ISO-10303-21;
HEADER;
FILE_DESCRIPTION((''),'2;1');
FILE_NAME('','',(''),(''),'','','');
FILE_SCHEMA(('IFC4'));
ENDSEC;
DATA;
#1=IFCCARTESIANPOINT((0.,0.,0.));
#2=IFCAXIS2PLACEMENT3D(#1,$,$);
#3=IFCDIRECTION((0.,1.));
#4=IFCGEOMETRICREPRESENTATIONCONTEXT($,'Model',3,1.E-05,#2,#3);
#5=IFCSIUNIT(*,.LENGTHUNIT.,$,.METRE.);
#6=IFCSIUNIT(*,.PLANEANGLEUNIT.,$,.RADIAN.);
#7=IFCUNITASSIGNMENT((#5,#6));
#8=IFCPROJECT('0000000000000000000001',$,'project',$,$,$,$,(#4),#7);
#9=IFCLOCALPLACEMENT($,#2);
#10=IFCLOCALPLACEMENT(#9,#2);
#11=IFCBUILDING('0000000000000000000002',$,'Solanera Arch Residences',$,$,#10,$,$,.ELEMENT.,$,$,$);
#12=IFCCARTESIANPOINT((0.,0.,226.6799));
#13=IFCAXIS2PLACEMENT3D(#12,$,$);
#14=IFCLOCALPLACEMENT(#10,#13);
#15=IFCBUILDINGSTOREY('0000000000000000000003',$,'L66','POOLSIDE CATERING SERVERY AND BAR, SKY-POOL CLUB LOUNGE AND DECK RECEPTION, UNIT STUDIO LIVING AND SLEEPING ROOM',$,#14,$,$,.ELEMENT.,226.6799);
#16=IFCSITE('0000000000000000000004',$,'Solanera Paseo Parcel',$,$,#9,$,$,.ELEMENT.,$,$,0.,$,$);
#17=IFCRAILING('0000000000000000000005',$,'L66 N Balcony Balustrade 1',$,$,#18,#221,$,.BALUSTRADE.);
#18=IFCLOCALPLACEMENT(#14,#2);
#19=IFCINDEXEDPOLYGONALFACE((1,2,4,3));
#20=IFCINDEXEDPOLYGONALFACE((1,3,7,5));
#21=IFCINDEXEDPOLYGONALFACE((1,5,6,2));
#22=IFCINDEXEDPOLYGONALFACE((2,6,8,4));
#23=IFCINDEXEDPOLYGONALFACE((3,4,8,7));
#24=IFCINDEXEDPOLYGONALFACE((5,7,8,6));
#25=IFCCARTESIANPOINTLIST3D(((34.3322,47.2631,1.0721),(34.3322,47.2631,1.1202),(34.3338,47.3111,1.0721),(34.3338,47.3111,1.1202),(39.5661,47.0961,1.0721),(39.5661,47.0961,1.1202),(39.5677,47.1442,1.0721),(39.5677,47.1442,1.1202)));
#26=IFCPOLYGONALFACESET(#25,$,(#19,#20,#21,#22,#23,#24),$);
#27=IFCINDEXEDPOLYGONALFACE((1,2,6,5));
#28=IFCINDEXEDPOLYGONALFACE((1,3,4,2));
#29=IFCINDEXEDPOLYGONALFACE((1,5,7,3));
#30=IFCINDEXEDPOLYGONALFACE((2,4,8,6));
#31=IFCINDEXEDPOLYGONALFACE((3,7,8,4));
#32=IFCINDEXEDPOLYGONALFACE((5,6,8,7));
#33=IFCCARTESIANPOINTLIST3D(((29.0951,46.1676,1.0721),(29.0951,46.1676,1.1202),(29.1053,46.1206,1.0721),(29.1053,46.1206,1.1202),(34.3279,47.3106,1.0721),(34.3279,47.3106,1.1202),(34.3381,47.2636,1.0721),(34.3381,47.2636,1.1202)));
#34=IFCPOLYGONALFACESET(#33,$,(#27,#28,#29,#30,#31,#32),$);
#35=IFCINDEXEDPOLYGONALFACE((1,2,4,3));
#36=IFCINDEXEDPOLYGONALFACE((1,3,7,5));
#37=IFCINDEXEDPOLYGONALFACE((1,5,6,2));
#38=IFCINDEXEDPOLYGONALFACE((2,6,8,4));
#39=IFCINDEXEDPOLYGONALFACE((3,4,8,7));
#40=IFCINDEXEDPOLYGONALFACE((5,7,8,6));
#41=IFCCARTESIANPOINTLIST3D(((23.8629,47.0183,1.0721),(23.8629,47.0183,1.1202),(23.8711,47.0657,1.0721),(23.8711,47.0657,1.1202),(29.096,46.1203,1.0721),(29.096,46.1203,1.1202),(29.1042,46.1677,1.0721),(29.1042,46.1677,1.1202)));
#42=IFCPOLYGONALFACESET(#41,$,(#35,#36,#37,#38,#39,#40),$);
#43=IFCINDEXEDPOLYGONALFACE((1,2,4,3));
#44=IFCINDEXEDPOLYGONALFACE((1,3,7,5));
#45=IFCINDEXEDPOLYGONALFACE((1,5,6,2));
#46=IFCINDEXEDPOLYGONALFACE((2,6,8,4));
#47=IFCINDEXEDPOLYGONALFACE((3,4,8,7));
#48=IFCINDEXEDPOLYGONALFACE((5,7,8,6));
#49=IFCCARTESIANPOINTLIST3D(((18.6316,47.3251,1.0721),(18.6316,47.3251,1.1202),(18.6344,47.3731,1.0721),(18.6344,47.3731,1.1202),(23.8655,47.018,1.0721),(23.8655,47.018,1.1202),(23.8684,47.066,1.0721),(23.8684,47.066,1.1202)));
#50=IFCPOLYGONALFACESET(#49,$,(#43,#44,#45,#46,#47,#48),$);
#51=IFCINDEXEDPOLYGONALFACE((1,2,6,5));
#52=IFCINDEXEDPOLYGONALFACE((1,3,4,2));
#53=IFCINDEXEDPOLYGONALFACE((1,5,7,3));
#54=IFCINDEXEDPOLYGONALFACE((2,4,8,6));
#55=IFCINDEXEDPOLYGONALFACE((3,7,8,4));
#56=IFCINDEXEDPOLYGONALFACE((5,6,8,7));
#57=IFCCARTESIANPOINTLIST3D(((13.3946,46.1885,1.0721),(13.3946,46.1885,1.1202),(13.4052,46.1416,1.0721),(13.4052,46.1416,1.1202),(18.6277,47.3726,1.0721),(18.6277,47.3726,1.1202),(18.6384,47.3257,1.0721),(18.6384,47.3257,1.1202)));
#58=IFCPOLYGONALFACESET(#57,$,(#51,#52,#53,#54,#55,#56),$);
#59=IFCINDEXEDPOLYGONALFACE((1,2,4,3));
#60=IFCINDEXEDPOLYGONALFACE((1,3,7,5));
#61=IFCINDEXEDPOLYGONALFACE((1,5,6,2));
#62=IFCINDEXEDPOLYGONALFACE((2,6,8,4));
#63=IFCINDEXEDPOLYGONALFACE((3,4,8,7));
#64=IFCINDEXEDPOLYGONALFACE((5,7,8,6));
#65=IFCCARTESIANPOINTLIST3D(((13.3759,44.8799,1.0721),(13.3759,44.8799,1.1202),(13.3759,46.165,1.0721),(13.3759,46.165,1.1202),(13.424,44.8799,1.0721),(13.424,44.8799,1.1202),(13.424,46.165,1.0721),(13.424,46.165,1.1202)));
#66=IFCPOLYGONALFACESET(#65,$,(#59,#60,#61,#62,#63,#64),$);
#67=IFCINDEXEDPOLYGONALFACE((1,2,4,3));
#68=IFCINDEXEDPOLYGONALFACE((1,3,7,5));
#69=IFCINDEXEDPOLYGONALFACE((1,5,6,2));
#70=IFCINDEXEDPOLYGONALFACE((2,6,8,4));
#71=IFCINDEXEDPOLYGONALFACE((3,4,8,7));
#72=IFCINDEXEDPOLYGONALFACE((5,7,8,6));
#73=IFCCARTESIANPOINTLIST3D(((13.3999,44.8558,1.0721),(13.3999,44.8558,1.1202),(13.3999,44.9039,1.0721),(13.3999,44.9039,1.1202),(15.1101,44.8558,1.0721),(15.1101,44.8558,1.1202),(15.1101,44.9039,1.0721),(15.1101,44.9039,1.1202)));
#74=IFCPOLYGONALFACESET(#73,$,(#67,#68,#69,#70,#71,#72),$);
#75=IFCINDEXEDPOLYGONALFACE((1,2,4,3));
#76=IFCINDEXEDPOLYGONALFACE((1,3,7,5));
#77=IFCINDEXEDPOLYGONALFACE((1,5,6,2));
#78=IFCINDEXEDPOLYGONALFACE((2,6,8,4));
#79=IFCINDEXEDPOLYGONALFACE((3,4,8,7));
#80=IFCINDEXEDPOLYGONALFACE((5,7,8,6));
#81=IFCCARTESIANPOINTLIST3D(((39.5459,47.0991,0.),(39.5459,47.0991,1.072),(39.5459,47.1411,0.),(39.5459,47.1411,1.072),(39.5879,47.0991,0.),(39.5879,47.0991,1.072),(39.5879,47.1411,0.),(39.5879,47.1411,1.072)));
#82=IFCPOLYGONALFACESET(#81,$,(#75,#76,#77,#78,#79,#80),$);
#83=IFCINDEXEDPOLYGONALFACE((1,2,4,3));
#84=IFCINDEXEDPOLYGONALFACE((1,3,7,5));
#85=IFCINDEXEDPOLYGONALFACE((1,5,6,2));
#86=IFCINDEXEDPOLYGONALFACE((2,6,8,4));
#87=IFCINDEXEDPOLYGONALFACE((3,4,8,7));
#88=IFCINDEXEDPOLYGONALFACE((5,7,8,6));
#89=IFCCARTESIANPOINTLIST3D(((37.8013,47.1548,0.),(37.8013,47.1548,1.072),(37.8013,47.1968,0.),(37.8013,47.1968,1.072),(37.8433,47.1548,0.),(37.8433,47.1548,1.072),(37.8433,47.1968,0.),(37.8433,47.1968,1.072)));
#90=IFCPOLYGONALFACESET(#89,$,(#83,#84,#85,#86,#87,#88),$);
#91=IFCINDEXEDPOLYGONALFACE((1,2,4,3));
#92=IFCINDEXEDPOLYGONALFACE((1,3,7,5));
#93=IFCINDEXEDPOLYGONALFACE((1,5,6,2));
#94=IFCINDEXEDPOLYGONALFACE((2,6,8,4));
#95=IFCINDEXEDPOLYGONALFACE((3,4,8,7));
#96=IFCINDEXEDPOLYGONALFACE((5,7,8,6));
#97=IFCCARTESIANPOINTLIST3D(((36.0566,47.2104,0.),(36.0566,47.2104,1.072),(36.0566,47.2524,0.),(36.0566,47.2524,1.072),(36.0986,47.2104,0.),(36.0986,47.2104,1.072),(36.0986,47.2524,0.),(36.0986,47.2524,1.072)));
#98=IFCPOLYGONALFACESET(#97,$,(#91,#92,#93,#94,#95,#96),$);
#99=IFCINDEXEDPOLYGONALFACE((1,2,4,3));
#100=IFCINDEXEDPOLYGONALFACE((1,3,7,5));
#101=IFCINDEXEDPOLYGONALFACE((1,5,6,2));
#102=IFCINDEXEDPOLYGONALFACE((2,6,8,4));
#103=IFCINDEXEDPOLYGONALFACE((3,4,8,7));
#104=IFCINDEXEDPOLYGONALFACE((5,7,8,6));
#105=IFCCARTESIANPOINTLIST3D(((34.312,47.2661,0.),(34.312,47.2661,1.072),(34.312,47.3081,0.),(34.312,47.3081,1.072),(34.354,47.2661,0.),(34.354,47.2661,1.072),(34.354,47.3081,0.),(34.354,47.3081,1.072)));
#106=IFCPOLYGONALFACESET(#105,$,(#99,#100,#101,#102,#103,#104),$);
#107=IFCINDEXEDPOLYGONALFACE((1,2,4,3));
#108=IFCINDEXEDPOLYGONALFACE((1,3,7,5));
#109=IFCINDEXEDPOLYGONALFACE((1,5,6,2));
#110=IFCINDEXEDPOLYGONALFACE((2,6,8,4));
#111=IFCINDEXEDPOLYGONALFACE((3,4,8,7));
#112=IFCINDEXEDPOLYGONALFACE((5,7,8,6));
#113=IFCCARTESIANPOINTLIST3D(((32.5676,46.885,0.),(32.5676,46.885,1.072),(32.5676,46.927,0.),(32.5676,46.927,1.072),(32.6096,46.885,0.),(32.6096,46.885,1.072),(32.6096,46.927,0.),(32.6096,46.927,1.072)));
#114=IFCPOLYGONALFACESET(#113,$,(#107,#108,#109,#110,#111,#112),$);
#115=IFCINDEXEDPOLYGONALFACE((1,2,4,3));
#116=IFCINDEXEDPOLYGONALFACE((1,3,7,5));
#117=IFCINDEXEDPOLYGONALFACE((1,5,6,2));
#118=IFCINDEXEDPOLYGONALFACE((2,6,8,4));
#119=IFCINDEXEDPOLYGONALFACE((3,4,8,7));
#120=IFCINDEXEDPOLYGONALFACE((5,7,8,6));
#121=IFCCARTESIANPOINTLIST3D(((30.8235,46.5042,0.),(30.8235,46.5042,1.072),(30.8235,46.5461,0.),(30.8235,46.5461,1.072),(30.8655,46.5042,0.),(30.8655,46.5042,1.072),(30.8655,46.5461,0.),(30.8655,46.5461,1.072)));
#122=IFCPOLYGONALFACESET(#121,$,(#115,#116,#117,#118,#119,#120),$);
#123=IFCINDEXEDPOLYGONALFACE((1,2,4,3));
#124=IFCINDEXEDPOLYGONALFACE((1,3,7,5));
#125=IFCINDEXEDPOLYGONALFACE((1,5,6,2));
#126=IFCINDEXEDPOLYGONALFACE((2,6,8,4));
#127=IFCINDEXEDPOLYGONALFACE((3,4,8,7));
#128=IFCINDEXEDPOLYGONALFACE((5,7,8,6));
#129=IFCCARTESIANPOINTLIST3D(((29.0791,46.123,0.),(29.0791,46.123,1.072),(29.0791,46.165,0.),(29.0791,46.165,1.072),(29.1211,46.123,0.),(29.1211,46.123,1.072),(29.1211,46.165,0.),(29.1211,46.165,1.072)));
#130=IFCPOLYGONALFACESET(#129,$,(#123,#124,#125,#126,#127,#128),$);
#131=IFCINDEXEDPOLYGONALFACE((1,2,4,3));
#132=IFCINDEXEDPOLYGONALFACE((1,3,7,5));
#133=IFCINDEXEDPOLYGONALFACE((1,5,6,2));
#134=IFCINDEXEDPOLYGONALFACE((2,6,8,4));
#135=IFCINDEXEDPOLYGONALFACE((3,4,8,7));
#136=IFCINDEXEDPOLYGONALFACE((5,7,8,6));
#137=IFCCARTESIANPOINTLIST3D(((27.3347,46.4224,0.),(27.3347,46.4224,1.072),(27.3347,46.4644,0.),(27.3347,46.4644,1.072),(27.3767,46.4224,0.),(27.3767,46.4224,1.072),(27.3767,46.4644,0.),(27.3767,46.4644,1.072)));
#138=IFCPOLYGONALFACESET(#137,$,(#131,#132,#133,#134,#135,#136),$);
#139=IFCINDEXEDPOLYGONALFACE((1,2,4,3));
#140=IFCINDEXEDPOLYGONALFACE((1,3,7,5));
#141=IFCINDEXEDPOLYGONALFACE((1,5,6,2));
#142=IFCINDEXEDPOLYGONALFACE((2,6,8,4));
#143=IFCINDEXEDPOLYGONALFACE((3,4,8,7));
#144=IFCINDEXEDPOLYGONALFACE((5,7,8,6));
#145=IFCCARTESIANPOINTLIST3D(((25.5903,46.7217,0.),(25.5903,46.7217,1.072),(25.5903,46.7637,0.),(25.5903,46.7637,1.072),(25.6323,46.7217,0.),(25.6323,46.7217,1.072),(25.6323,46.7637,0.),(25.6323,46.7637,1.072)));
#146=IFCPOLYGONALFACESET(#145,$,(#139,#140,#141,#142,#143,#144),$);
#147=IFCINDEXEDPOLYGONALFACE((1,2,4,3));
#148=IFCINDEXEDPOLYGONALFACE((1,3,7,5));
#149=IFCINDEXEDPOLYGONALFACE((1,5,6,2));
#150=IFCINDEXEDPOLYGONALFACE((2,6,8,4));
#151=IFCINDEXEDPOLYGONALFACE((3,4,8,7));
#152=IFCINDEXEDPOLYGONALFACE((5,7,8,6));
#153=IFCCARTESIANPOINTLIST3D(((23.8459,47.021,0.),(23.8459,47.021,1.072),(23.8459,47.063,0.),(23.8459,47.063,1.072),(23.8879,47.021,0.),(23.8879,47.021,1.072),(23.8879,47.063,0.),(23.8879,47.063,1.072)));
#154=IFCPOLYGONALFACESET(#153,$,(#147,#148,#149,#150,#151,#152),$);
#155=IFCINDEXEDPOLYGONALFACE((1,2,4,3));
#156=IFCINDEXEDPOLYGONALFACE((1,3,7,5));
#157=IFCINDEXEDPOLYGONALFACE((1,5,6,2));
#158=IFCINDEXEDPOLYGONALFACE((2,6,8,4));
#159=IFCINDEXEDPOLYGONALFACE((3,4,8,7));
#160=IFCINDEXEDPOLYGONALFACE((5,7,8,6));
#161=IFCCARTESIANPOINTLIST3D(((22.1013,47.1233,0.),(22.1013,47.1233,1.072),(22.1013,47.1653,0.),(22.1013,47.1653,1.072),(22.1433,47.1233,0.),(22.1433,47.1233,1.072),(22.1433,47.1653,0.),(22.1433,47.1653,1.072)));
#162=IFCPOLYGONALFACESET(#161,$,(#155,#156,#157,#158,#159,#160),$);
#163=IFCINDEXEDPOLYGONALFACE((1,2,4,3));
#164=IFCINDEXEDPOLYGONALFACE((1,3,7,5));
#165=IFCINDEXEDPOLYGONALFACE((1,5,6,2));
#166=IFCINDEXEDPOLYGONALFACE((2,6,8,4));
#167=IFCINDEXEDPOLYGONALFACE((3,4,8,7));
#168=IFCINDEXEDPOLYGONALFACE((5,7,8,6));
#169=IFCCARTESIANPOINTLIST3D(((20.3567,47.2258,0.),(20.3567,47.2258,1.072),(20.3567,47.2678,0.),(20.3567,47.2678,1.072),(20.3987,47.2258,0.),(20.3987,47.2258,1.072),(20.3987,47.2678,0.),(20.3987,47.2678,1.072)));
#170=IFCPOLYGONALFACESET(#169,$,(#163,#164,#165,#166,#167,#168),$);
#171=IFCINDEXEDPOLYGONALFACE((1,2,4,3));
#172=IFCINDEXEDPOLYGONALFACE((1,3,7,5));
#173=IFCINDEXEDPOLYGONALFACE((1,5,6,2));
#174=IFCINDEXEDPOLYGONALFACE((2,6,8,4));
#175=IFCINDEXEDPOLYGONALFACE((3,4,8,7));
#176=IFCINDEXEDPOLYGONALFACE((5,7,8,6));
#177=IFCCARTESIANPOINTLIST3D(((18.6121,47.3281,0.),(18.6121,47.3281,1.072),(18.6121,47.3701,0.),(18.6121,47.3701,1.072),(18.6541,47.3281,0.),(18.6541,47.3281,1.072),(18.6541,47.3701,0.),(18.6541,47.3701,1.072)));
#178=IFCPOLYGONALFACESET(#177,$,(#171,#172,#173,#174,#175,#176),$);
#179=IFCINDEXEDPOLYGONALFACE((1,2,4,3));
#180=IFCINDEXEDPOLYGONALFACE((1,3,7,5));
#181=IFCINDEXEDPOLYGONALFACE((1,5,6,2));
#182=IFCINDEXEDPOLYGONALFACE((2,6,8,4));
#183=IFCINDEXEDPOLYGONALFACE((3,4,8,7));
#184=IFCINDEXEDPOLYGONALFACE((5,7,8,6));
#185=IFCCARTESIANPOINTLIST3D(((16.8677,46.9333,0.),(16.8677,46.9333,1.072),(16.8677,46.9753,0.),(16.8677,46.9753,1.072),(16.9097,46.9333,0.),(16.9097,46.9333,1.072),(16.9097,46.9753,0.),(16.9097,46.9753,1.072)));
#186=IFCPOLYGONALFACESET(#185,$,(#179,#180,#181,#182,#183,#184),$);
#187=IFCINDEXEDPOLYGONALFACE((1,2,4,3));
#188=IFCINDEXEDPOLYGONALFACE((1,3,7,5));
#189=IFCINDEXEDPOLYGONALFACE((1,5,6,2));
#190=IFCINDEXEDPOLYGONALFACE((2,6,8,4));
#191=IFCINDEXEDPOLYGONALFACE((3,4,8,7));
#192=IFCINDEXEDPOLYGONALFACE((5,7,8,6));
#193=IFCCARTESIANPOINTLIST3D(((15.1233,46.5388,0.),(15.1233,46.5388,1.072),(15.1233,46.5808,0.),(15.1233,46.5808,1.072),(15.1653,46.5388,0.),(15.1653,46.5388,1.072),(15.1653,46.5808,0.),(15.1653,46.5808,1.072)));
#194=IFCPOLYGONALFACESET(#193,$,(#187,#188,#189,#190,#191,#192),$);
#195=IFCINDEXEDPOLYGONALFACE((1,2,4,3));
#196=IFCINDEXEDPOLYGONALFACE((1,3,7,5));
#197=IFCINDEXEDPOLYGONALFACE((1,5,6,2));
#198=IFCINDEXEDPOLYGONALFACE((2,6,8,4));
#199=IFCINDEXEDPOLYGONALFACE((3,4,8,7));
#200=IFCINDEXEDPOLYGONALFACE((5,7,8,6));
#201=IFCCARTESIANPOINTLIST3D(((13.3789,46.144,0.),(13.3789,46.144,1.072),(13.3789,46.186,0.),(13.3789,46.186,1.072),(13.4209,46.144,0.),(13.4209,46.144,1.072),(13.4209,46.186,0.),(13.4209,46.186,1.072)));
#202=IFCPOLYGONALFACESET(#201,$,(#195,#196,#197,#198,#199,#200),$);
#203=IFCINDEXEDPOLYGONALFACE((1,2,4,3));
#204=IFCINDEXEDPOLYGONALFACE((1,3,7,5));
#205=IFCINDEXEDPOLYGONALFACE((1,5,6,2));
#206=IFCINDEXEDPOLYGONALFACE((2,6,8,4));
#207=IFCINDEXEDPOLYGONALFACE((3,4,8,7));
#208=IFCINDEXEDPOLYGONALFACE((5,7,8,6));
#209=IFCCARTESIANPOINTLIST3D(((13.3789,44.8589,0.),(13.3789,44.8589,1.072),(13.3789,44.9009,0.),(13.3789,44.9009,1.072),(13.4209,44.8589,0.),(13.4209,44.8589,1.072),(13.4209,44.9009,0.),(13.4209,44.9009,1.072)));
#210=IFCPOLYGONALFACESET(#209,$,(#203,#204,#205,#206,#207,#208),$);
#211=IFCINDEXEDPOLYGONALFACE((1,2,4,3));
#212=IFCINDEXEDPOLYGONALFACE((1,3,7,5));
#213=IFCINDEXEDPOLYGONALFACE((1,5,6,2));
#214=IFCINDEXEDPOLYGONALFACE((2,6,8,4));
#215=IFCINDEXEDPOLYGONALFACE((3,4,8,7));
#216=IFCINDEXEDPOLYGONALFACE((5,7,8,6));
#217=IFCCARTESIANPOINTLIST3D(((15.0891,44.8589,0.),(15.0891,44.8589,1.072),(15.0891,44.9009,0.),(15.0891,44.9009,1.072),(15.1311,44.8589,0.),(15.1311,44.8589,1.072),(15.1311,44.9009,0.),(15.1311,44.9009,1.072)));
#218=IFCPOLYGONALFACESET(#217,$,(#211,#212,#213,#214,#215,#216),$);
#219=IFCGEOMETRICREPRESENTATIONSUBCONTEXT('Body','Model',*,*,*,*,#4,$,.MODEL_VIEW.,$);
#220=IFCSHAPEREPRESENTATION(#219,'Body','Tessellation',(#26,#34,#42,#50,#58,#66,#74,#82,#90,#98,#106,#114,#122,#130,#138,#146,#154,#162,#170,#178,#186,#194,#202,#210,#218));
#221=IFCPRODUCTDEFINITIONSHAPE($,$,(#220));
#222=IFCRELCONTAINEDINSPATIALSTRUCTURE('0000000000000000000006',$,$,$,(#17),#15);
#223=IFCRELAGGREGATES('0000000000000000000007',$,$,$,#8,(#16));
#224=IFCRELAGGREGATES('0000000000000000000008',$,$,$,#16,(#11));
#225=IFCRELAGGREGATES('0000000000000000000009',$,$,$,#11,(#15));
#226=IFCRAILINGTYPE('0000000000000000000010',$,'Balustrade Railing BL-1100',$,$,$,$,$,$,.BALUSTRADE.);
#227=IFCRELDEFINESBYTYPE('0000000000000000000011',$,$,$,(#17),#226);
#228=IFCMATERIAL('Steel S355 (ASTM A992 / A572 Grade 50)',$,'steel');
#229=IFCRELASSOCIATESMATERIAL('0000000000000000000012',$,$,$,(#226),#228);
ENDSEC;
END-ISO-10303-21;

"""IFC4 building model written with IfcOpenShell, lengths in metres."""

from ifc_helpers import new_model, si_unit, direction, frame, origin, origin_2d, place, context, subcontext, project, spatial, rectangle, extrude, material, type_object, element, save


model = new_model("IFC4")

# Units and contexts
model_context = context("Model", 3, precision=1e-05, world=origin(), true_north=direction((0.0, 1.0)))
body_context = subcontext(model_context, "Body", "Model", "MODEL_VIEW")
ifc_project = project(units=[si_unit("LENGTHUNIT", "METRE"), si_unit("PLANEANGLEUNIT", "RADIAN")], contexts=[model_context])

# Site, building, storey
site_placement = place(None, origin())
site = spatial("IfcSite", under=ifc_project, at=site_placement, Name="Solanera Paseo Parcel", CompositionType="ELEMENT", RefElevation=0.0)
building_placement = place(site_placement, origin())
building = spatial("IfcBuilding", under=site, at=building_placement, Name="Solanera Arch Residences", CompositionType="ELEMENT")
storey_placement = place(building_placement, frame((0.0, 0.0, 226.6799)))
storey = spatial("IfcBuildingStorey", under=building, at=storey_placement, Name="L66", Description="POOLSIDE CATERING SERVERY AND BAR, SKY-POOL CLUB LOUNGE AND DECK RECEPTION, UNIT STUDIO LIVING AND SLEEPING ROOM", CompositionType="ELEMENT", Elevation=226.6799)

# Railing
ifc_material_1 = material(Name="Steel S355 (ASTM A992 / A572 Grade 50)", Category="steel")
railing_type = type_object("IfcRailingType", Name="Balustrade Railing BL-1100", PredefinedType="BALUSTRADE", material=ifc_material_1)
railing_placement = place(storey_placement, frame((39.5669, 47.1201, 0.0)))
element("IfcRailing", 1, at=railing_placement, inside=storey, type_object=railing_type, Name="L66 N Balcony Balustrade 1", PredefinedType="BALUSTRADE", context=body_context, shape_type="SweptSolid", body=[
    extrude(rectangle(XDim=0.0481, YDim=0.0481, at=origin_2d()), frame((0.0, 0.0, 1.0962), z_axis=(-0.999491, 0.03189, 0.0), x_axis=(-0.03189, -0.999491, 0.0)), (0.0, 0.0, 1.0), 5.2366),
    extrude(rectangle(XDim=0.0481, YDim=0.0481, at=origin_2d()), frame((-5.2339, 0.167, 1.0962), z_axis=(-0.976964, -0.213406, 0.0), x_axis=(0.213406, -0.976964, 0.0)), (0.0, 0.0, 1.0), 5.3562),
    extrude(rectangle(XDim=0.0481, YDim=0.0481, at=origin_2d()), frame((-10.4668, -0.9761, 1.0962), z_axis=(-0.985596, 0.169117, 0.0), x_axis=(-0.169117, -0.985596, 0.0)), (0.0, 0.0, 1.0), 5.3096),
    extrude(rectangle(XDim=0.0481, YDim=0.0481, at=origin_2d()), frame((-15.7, -0.0781, 1.0962), z_axis=(-0.998283, 0.05858, 0.0), x_axis=(-0.05858, -0.998283, 0.0)), (0.0, 0.0, 1.0), 5.2429),
    extrude(rectangle(XDim=0.0481, YDim=0.0481, at=origin_2d()), frame((-20.9338, 0.229, 1.0962), z_axis=(-0.975345, -0.220687, 0.0), x_axis=(0.220687, -0.975345, 0.0)), (0.0, 0.0, 1.0), 5.3655),
    extrude(rectangle(XDim=0.0481, YDim=0.0481, at=origin_2d()), frame((-26.167, -0.9551, 1.0962), z_axis=(0.0, -1.0, 0.0), x_axis=(1.0, 0.0, 0.0)), (0.0, 0.0, 1.0), 1.2852),
    extrude(rectangle(XDim=0.0481, YDim=0.0481, at=origin_2d()), frame((-26.167, -2.2402, 1.0962), z_axis=(1.0, 0.0, 0.0), x_axis=(0.0, 1.0, 0.0)), (0.0, 0.0, 1.0), 1.7102),
    extrude(rectangle(XDim=0.042, YDim=0.042, at=origin_2d()), origin(), (0.0, 0.0, 1.0), 1.072),
    extrude(rectangle(XDim=0.042, YDim=0.042, at=origin_2d()), frame((-1.7446, 0.0557, 0.0)), (0.0, 0.0, 1.0), 1.072),
    extrude(rectangle(XDim=0.042, YDim=0.042, at=origin_2d()), frame((-3.4893, 0.1113, 0.0)), (0.0, 0.0, 1.0), 1.072),
    extrude(rectangle(XDim=0.042, YDim=0.042, at=origin_2d()), frame((-5.2339, 0.167, 0.0)), (0.0, 0.0, 1.0), 1.072),
    extrude(rectangle(XDim=0.042, YDim=0.042, at=origin_2d()), frame((-6.9783, -0.2141, 0.0)), (0.0, 0.0, 1.0), 1.072),
    extrude(rectangle(XDim=0.042, YDim=0.042, at=origin_2d()), frame((-8.7224, -0.595, 0.0)), (0.0, 0.0, 1.0), 1.072),
    extrude(rectangle(XDim=0.042, YDim=0.042, at=origin_2d()), frame((-10.4668, -0.9761, 0.0)), (0.0, 0.0, 1.0), 1.072),
    extrude(rectangle(XDim=0.042, YDim=0.042, at=origin_2d()), frame((-12.2112, -0.6768, 0.0)), (0.0, 0.0, 1.0), 1.072),
    extrude(rectangle(XDim=0.042, YDim=0.042, at=origin_2d()), frame((-13.9556, -0.3774, 0.0)), (0.0, 0.0, 1.0), 1.072),
    extrude(rectangle(XDim=0.042, YDim=0.042, at=origin_2d()), frame((-15.7, -0.0781, 0.0)), (0.0, 0.0, 1.0), 1.072),
    extrude(rectangle(XDim=0.042, YDim=0.042, at=origin_2d()), frame((-17.4446, 0.0242, 0.0)), (0.0, 0.0, 1.0), 1.072),
    extrude(rectangle(XDim=0.042, YDim=0.042, at=origin_2d()), frame((-19.1892, 0.1267, 0.0)), (0.0, 0.0, 1.0), 1.072),
    extrude(rectangle(XDim=0.042, YDim=0.042, at=origin_2d()), frame((-20.9338, 0.229, 0.0)), (0.0, 0.0, 1.0), 1.072),
    extrude(rectangle(XDim=0.042, YDim=0.042, at=origin_2d()), frame((-22.6782, -0.1658, 0.0)), (0.0, 0.0, 1.0), 1.072),
    extrude(rectangle(XDim=0.042, YDim=0.042, at=origin_2d()), frame((-24.4226, -0.5603, 0.0)), (0.0, 0.0, 1.0), 1.072),
    extrude(rectangle(XDim=0.042, YDim=0.042, at=origin_2d()), frame((-26.167, -0.9551, 0.0)), (0.0, 0.0, 1.0), 1.072),
    extrude(rectangle(XDim=0.042, YDim=0.042, at=origin_2d()), frame((-26.167, -2.2402, 0.0)), (0.0, 0.0, 1.0), 1.072),
    extrude(rectangle(XDim=0.042, YDim=0.042, at=origin_2d()), frame((-24.4568, -2.2402, 0.0)), (0.0, 0.0, 1.0), 1.072),
])

save(model, "model.ifc")
